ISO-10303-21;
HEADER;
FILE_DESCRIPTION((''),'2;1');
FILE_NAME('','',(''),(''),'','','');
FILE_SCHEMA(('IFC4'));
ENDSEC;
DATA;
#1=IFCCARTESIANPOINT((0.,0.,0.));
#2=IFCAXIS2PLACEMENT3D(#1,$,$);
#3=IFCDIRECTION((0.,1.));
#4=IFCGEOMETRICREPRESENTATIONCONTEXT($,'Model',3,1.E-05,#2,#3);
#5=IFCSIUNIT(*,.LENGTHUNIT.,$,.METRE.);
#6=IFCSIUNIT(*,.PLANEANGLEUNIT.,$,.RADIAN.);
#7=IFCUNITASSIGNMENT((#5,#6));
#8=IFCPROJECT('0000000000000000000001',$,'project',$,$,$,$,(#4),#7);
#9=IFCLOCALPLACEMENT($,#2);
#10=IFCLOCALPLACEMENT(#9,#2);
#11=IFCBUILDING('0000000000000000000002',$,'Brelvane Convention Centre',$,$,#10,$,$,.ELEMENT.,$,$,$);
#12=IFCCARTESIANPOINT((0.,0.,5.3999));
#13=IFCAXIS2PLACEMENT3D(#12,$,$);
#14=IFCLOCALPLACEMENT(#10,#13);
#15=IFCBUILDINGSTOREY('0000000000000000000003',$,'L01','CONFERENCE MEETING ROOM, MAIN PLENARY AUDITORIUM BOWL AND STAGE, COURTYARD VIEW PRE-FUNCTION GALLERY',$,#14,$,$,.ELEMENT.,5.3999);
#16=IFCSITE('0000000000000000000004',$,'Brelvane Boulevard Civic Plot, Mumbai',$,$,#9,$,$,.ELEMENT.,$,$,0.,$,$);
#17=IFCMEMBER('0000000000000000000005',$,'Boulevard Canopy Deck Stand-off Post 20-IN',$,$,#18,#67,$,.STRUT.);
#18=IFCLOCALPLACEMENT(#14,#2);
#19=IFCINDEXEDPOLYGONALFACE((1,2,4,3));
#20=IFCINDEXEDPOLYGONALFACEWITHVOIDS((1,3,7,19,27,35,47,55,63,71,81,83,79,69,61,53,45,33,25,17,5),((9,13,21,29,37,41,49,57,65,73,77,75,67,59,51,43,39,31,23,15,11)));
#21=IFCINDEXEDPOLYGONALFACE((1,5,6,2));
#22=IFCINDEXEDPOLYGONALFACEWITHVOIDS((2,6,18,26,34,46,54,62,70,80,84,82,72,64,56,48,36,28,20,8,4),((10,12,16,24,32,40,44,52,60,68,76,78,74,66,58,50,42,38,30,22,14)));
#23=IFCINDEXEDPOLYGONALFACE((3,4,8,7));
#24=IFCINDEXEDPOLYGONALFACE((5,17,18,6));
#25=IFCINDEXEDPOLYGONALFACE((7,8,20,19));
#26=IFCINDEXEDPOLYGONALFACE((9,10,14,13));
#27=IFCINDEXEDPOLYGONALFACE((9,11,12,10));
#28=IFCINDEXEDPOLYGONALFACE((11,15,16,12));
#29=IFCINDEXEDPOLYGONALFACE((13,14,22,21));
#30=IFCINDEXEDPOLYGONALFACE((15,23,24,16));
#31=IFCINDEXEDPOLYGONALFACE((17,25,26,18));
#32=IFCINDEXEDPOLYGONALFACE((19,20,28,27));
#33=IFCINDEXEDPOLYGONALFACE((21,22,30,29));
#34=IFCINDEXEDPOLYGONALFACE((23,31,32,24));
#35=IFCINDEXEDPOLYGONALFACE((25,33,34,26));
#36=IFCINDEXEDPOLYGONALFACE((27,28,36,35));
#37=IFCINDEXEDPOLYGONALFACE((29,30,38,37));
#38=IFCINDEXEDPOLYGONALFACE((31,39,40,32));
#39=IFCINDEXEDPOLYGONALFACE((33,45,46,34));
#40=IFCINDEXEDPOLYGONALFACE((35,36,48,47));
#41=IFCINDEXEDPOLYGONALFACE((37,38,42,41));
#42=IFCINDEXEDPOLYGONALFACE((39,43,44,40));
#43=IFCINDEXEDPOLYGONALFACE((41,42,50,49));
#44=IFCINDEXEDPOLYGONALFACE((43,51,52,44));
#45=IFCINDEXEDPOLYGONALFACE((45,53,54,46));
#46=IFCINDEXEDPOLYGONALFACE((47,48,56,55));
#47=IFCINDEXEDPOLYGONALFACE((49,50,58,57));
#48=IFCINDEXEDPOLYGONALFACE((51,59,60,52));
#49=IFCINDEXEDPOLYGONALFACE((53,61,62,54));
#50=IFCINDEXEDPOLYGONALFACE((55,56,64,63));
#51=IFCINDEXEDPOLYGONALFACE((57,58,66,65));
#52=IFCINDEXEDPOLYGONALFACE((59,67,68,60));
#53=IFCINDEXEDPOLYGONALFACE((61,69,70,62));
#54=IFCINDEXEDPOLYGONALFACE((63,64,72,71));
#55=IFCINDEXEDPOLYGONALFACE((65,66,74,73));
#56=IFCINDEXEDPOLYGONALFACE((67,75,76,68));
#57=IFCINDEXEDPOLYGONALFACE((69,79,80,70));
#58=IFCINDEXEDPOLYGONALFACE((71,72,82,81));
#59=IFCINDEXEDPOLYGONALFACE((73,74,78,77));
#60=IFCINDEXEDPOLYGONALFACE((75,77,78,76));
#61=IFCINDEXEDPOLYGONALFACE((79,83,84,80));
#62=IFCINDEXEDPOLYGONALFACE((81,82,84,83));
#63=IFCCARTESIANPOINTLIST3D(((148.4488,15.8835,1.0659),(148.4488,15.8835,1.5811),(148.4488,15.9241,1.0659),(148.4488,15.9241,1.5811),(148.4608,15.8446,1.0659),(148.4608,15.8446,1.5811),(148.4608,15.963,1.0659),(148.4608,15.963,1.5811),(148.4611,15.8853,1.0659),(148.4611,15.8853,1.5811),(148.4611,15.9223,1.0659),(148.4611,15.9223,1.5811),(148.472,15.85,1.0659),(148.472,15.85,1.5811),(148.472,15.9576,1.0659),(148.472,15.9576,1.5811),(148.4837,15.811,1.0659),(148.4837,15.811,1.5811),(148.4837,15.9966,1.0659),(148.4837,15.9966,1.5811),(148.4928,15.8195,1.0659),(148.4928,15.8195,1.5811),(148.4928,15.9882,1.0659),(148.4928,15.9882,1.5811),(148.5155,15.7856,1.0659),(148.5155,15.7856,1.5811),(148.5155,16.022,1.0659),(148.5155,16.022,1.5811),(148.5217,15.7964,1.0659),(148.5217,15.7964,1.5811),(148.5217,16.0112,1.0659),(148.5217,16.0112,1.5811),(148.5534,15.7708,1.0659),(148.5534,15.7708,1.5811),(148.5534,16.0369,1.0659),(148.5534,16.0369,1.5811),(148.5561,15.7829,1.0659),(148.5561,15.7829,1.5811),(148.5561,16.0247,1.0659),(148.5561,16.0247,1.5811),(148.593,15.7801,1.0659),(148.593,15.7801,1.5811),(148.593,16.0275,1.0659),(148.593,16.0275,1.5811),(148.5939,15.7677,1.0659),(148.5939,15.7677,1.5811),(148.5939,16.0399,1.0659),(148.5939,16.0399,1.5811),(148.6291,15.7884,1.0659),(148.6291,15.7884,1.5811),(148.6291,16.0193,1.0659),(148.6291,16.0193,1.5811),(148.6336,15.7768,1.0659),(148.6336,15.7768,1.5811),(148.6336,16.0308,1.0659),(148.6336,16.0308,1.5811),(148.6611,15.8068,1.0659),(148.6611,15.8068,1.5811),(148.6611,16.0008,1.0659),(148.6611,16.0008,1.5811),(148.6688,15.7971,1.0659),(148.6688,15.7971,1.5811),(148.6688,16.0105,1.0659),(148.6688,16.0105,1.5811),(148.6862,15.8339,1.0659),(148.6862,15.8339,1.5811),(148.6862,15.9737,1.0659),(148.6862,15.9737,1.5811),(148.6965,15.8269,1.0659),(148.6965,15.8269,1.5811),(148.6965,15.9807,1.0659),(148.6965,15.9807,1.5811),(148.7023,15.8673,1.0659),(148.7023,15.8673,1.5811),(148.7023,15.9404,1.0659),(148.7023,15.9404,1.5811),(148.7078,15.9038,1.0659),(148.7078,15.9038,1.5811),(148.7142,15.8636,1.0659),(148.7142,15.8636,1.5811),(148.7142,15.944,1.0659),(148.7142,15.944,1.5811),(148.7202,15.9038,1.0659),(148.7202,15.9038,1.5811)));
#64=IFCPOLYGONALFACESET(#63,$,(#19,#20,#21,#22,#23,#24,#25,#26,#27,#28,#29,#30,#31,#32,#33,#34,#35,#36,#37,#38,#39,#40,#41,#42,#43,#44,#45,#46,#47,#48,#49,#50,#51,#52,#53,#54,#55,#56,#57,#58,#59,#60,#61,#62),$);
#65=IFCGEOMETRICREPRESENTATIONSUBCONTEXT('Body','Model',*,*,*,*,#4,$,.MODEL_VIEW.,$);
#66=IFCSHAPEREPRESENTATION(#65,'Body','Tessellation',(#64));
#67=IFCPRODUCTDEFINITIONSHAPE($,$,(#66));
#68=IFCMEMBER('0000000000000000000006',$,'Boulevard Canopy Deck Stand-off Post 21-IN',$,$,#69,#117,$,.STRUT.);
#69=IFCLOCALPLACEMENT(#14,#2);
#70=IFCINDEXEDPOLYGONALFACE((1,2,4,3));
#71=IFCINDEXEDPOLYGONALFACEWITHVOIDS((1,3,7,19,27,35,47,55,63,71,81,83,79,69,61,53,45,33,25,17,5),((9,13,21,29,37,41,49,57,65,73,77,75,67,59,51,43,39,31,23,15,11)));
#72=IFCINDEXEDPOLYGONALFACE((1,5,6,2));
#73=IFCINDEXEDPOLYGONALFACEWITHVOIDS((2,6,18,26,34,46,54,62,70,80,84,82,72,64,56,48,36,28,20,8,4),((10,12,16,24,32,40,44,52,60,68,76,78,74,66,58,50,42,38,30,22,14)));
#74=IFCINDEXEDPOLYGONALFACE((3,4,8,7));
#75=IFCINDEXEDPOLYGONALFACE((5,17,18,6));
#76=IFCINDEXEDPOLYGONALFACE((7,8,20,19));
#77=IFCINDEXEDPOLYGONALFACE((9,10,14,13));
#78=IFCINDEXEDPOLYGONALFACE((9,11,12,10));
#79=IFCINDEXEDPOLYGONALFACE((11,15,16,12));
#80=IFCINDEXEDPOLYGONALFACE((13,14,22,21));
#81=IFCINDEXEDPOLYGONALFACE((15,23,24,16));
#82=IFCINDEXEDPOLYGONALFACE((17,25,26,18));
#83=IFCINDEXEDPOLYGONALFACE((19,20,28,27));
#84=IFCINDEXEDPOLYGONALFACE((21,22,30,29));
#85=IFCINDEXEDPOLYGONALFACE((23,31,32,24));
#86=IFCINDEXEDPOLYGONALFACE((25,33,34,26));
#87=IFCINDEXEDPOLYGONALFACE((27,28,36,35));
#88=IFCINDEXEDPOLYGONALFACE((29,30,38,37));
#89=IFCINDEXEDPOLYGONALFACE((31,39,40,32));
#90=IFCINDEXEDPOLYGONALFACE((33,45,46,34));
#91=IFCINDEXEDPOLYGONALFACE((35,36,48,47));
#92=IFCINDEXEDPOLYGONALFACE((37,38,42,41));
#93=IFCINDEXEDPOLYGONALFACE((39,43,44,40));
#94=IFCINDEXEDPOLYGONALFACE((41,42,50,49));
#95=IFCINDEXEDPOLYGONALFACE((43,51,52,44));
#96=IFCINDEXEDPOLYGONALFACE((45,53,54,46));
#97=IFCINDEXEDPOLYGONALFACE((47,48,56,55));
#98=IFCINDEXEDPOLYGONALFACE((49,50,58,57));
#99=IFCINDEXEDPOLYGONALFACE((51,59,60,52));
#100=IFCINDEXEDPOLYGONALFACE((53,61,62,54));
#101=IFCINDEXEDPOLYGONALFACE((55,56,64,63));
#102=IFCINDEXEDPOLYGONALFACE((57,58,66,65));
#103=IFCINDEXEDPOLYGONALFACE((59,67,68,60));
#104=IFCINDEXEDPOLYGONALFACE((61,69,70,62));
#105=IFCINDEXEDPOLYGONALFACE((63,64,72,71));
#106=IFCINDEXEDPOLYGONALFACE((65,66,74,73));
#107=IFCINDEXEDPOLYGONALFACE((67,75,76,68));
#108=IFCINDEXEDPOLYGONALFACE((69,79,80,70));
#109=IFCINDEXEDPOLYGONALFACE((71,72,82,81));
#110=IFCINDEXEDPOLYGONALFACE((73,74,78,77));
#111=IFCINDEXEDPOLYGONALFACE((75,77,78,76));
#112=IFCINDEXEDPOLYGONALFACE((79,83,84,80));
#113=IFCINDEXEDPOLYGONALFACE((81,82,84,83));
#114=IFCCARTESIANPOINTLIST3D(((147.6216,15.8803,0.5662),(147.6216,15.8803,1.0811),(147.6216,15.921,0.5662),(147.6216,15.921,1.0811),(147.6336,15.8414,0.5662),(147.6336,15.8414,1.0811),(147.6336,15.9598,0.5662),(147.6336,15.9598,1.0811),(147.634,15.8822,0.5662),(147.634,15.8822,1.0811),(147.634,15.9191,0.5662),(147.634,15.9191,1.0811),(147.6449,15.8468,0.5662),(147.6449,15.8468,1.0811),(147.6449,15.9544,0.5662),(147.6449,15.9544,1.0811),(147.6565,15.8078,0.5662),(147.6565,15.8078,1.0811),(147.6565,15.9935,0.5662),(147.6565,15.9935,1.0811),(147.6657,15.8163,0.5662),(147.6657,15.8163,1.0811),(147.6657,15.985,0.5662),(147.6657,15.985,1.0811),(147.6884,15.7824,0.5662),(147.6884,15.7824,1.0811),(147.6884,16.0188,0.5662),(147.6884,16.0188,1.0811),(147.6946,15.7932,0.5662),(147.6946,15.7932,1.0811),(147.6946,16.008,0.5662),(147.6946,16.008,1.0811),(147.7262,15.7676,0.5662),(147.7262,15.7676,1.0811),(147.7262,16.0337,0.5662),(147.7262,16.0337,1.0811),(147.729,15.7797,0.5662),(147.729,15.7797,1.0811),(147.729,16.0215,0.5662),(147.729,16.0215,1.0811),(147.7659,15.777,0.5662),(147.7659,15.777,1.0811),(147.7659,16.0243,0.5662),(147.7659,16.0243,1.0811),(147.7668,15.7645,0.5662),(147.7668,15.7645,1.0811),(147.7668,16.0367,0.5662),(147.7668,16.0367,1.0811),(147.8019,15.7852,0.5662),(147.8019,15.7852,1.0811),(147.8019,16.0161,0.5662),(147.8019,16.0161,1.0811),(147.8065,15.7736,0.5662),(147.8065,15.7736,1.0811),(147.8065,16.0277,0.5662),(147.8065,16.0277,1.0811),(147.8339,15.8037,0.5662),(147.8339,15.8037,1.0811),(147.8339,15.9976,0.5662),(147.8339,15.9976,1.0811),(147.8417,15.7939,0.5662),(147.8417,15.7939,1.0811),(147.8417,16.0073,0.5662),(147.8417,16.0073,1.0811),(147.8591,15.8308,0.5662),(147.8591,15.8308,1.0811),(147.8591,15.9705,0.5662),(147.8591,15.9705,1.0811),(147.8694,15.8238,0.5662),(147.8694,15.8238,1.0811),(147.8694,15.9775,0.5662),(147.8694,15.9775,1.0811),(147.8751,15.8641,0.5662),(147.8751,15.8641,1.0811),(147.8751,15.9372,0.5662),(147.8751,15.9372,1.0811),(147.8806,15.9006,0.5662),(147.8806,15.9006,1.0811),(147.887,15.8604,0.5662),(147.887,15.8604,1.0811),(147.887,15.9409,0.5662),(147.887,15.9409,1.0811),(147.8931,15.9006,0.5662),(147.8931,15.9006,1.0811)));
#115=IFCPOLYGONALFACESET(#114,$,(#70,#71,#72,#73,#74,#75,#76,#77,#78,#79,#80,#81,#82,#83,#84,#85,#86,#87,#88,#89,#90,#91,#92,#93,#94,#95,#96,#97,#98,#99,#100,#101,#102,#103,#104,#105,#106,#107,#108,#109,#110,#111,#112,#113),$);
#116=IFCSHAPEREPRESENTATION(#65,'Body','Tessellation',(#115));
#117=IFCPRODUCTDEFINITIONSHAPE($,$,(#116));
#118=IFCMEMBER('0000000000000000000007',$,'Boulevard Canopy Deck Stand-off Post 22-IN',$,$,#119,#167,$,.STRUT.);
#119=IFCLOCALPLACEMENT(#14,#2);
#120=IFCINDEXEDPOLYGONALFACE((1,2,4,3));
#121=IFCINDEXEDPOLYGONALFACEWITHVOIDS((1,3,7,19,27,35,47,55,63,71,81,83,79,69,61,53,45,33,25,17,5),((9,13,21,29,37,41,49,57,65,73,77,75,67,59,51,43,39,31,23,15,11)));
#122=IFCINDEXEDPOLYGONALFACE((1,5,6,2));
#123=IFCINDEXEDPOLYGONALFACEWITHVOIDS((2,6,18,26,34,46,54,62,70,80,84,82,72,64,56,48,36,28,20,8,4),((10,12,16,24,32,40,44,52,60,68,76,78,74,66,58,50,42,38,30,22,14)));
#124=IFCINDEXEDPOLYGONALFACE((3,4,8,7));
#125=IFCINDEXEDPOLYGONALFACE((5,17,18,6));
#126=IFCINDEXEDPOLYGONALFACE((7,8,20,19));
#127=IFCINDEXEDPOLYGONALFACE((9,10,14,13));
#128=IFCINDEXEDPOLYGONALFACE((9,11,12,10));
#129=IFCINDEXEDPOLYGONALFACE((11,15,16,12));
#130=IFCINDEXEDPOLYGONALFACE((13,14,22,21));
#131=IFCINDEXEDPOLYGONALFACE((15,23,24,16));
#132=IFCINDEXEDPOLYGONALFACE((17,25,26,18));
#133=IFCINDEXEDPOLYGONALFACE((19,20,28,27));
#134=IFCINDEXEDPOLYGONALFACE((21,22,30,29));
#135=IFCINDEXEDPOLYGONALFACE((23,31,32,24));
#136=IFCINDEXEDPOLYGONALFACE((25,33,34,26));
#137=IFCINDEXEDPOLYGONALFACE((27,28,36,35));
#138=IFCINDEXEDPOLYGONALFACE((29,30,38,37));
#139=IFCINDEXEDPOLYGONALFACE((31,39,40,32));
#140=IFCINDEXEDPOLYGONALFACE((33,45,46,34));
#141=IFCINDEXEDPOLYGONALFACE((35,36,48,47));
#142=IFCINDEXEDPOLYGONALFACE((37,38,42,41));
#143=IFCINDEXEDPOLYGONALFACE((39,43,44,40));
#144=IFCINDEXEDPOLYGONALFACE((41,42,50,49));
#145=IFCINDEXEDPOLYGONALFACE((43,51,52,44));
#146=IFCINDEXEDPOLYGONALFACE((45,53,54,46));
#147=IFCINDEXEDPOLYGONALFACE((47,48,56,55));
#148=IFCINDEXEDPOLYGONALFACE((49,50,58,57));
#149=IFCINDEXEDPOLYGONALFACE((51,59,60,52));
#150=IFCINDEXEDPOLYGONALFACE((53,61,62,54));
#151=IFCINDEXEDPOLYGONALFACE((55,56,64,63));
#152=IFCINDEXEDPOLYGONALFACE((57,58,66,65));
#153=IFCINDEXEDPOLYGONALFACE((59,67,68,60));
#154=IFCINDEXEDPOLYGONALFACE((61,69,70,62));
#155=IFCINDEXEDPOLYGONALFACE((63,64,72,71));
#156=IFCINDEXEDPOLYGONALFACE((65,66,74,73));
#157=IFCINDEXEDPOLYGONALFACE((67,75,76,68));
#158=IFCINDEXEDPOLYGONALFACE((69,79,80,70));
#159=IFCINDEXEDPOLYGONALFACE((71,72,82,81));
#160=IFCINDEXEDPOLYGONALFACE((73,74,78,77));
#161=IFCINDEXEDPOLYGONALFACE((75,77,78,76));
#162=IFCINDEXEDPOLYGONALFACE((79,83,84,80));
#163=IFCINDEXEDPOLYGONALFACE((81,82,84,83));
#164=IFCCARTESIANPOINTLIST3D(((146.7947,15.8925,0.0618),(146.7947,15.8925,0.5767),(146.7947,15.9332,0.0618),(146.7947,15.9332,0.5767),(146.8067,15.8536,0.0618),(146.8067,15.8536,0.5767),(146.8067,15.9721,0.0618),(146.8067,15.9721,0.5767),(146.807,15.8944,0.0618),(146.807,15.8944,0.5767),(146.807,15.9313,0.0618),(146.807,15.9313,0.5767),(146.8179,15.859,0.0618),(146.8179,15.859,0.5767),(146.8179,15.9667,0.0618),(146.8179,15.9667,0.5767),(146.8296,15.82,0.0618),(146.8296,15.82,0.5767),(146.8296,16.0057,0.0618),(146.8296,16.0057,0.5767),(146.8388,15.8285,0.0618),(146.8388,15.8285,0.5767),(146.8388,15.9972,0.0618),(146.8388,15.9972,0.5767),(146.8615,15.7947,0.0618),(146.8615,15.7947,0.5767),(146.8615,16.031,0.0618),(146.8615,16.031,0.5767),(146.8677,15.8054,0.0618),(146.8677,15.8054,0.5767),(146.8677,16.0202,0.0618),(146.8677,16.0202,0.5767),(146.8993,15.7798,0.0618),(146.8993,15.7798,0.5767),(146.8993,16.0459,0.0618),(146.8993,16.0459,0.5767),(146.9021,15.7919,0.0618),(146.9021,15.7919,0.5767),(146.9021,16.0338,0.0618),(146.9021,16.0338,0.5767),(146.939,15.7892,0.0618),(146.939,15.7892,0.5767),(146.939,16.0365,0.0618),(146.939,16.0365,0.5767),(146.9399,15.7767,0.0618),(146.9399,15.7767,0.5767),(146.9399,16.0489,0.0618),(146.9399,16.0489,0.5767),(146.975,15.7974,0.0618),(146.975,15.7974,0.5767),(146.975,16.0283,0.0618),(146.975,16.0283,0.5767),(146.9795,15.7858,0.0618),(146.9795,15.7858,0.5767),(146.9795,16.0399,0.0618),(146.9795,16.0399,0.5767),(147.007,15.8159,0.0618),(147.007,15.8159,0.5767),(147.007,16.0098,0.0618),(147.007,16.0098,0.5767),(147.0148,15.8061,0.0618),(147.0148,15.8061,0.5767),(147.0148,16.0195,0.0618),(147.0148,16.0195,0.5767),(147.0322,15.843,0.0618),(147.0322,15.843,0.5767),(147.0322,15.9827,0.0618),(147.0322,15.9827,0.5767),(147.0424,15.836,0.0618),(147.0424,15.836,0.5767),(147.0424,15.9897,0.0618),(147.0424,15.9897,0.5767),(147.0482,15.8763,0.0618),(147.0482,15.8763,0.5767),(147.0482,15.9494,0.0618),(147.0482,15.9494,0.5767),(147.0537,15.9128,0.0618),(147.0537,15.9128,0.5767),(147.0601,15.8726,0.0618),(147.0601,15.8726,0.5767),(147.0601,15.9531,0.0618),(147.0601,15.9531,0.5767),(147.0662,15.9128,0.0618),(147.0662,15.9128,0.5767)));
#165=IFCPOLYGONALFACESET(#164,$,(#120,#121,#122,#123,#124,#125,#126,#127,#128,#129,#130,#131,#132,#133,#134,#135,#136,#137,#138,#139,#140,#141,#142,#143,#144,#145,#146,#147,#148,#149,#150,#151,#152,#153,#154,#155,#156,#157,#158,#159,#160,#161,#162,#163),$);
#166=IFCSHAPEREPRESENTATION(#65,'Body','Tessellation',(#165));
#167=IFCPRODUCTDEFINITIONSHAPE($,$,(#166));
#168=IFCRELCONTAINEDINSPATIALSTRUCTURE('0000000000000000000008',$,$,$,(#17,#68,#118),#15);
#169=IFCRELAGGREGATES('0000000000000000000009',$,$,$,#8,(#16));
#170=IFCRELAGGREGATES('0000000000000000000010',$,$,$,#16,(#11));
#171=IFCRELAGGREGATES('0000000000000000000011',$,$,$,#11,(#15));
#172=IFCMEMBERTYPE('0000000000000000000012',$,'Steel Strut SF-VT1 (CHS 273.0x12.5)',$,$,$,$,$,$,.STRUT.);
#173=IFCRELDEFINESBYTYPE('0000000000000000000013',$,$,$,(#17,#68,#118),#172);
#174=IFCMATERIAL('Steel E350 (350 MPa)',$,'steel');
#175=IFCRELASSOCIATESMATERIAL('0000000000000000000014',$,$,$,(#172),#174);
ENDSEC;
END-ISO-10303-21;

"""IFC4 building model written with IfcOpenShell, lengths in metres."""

from ifc_helpers import new_model, si_unit, direction, frame, origin, origin_2d, place, context, subcontext, project, spatial, hollow_circle, extrude, material, material_profile, profile_set, type_object, element, save


model = new_model("IFC4")

# Units and contexts
model_context = context("Model", 3, precision=1e-05, world=origin(), true_north=direction((0.0, 1.0)))
body_context = subcontext(model_context, "Body", "Model", "MODEL_VIEW")
ifc_project = project(units=[si_unit("LENGTHUNIT", "METRE"), si_unit("PLANEANGLEUNIT", "RADIAN")], contexts=[model_context])

# Site, building, storey
site_placement = place(None, origin())
site = spatial("IfcSite", under=ifc_project, at=site_placement, Name="Brelvane Boulevard Civic Plot, Mumbai", CompositionType="ELEMENT", RefElevation=0.0)
building_placement = place(site_placement, origin())
building = spatial("IfcBuilding", under=site, at=building_placement, Name="Brelvane Convention Centre", CompositionType="ELEMENT")
storey_placement = place(building_placement, frame((0.0, 0.0, 5.3999)))
storey = spatial("IfcBuildingStorey", under=building, at=storey_placement, Name="L01", Description="CONFERENCE MEETING ROOM, MAIN PLENARY AUDITORIUM BOWL AND STAGE, COURTYARD VIEW PRE-FUNCTION GALLERY", CompositionType="ELEMENT", Elevation=5.3999)

# Members
ifc_material_1 = material(Name="Steel E350 (350 MPa)", Category="steel")
ifc_material_profile_1 = material_profile(ifc_material_1, hollow_circle(Radius=0.1365, WallThickness=0.0125, at=origin_2d()), Name="CHS 273.0x12.5")
ifc_profile_set_1 = profile_set([ifc_material_profile_1], Name="Steel E350 (350 MPa)")
member_type_1 = type_object("IfcMemberType", Name="Steel Strut SF-VT1 (CHS 273.0x12.5)", PredefinedType="STRUT", material=ifc_profile_set_1)
for number, where, z_axis, x_axis, name in (
    (1, (148.5837, 15.9038, 1.0659), (0.0, 0.0, 1.0), (1.0, 0.0, 0.0), "Boulevard Canopy Deck Stand-off Post 20-IN"),
):
    element("IfcMember", number, at=place(storey_placement, frame(where, z_axis=z_axis, x_axis=x_axis)), inside=storey, type_object=member_type_1, Name=name, PredefinedType="STRUT", context=body_context, shape_type="SweptSolid", body=[
        extrude(hollow_circle(Radius=0.1365, WallThickness=0.0125, at=origin_2d()), origin(), (0.0, 0.0, 1.0), 0.5151),
    ])
for number, where, z_axis, x_axis, name in (
    (2, (147.7566, 15.9006, 0.5662), (0.0, 0.0, 1.0), (1.0, 0.0, 0.0), "Boulevard Canopy Deck Stand-off Post 21-IN"),
    (3, (146.9297, 15.9128, 0.0618), (0.0, 0.0, 1.0), (1.0, 0.0, 0.0), "Boulevard Canopy Deck Stand-off Post 22-IN"),
):
    element("IfcMember", number, at=place(storey_placement, frame(where, z_axis=z_axis, x_axis=x_axis)), inside=storey, type_object=member_type_1, Name=name, PredefinedType="STRUT", context=body_context, shape_type="SweptSolid", body=[
        extrude(hollow_circle(Radius=0.1365, WallThickness=0.0125, at=origin_2d()), origin(), (0.0, 0.0, 1.0), 0.5149),
    ])

save(model, "model.ifc")
